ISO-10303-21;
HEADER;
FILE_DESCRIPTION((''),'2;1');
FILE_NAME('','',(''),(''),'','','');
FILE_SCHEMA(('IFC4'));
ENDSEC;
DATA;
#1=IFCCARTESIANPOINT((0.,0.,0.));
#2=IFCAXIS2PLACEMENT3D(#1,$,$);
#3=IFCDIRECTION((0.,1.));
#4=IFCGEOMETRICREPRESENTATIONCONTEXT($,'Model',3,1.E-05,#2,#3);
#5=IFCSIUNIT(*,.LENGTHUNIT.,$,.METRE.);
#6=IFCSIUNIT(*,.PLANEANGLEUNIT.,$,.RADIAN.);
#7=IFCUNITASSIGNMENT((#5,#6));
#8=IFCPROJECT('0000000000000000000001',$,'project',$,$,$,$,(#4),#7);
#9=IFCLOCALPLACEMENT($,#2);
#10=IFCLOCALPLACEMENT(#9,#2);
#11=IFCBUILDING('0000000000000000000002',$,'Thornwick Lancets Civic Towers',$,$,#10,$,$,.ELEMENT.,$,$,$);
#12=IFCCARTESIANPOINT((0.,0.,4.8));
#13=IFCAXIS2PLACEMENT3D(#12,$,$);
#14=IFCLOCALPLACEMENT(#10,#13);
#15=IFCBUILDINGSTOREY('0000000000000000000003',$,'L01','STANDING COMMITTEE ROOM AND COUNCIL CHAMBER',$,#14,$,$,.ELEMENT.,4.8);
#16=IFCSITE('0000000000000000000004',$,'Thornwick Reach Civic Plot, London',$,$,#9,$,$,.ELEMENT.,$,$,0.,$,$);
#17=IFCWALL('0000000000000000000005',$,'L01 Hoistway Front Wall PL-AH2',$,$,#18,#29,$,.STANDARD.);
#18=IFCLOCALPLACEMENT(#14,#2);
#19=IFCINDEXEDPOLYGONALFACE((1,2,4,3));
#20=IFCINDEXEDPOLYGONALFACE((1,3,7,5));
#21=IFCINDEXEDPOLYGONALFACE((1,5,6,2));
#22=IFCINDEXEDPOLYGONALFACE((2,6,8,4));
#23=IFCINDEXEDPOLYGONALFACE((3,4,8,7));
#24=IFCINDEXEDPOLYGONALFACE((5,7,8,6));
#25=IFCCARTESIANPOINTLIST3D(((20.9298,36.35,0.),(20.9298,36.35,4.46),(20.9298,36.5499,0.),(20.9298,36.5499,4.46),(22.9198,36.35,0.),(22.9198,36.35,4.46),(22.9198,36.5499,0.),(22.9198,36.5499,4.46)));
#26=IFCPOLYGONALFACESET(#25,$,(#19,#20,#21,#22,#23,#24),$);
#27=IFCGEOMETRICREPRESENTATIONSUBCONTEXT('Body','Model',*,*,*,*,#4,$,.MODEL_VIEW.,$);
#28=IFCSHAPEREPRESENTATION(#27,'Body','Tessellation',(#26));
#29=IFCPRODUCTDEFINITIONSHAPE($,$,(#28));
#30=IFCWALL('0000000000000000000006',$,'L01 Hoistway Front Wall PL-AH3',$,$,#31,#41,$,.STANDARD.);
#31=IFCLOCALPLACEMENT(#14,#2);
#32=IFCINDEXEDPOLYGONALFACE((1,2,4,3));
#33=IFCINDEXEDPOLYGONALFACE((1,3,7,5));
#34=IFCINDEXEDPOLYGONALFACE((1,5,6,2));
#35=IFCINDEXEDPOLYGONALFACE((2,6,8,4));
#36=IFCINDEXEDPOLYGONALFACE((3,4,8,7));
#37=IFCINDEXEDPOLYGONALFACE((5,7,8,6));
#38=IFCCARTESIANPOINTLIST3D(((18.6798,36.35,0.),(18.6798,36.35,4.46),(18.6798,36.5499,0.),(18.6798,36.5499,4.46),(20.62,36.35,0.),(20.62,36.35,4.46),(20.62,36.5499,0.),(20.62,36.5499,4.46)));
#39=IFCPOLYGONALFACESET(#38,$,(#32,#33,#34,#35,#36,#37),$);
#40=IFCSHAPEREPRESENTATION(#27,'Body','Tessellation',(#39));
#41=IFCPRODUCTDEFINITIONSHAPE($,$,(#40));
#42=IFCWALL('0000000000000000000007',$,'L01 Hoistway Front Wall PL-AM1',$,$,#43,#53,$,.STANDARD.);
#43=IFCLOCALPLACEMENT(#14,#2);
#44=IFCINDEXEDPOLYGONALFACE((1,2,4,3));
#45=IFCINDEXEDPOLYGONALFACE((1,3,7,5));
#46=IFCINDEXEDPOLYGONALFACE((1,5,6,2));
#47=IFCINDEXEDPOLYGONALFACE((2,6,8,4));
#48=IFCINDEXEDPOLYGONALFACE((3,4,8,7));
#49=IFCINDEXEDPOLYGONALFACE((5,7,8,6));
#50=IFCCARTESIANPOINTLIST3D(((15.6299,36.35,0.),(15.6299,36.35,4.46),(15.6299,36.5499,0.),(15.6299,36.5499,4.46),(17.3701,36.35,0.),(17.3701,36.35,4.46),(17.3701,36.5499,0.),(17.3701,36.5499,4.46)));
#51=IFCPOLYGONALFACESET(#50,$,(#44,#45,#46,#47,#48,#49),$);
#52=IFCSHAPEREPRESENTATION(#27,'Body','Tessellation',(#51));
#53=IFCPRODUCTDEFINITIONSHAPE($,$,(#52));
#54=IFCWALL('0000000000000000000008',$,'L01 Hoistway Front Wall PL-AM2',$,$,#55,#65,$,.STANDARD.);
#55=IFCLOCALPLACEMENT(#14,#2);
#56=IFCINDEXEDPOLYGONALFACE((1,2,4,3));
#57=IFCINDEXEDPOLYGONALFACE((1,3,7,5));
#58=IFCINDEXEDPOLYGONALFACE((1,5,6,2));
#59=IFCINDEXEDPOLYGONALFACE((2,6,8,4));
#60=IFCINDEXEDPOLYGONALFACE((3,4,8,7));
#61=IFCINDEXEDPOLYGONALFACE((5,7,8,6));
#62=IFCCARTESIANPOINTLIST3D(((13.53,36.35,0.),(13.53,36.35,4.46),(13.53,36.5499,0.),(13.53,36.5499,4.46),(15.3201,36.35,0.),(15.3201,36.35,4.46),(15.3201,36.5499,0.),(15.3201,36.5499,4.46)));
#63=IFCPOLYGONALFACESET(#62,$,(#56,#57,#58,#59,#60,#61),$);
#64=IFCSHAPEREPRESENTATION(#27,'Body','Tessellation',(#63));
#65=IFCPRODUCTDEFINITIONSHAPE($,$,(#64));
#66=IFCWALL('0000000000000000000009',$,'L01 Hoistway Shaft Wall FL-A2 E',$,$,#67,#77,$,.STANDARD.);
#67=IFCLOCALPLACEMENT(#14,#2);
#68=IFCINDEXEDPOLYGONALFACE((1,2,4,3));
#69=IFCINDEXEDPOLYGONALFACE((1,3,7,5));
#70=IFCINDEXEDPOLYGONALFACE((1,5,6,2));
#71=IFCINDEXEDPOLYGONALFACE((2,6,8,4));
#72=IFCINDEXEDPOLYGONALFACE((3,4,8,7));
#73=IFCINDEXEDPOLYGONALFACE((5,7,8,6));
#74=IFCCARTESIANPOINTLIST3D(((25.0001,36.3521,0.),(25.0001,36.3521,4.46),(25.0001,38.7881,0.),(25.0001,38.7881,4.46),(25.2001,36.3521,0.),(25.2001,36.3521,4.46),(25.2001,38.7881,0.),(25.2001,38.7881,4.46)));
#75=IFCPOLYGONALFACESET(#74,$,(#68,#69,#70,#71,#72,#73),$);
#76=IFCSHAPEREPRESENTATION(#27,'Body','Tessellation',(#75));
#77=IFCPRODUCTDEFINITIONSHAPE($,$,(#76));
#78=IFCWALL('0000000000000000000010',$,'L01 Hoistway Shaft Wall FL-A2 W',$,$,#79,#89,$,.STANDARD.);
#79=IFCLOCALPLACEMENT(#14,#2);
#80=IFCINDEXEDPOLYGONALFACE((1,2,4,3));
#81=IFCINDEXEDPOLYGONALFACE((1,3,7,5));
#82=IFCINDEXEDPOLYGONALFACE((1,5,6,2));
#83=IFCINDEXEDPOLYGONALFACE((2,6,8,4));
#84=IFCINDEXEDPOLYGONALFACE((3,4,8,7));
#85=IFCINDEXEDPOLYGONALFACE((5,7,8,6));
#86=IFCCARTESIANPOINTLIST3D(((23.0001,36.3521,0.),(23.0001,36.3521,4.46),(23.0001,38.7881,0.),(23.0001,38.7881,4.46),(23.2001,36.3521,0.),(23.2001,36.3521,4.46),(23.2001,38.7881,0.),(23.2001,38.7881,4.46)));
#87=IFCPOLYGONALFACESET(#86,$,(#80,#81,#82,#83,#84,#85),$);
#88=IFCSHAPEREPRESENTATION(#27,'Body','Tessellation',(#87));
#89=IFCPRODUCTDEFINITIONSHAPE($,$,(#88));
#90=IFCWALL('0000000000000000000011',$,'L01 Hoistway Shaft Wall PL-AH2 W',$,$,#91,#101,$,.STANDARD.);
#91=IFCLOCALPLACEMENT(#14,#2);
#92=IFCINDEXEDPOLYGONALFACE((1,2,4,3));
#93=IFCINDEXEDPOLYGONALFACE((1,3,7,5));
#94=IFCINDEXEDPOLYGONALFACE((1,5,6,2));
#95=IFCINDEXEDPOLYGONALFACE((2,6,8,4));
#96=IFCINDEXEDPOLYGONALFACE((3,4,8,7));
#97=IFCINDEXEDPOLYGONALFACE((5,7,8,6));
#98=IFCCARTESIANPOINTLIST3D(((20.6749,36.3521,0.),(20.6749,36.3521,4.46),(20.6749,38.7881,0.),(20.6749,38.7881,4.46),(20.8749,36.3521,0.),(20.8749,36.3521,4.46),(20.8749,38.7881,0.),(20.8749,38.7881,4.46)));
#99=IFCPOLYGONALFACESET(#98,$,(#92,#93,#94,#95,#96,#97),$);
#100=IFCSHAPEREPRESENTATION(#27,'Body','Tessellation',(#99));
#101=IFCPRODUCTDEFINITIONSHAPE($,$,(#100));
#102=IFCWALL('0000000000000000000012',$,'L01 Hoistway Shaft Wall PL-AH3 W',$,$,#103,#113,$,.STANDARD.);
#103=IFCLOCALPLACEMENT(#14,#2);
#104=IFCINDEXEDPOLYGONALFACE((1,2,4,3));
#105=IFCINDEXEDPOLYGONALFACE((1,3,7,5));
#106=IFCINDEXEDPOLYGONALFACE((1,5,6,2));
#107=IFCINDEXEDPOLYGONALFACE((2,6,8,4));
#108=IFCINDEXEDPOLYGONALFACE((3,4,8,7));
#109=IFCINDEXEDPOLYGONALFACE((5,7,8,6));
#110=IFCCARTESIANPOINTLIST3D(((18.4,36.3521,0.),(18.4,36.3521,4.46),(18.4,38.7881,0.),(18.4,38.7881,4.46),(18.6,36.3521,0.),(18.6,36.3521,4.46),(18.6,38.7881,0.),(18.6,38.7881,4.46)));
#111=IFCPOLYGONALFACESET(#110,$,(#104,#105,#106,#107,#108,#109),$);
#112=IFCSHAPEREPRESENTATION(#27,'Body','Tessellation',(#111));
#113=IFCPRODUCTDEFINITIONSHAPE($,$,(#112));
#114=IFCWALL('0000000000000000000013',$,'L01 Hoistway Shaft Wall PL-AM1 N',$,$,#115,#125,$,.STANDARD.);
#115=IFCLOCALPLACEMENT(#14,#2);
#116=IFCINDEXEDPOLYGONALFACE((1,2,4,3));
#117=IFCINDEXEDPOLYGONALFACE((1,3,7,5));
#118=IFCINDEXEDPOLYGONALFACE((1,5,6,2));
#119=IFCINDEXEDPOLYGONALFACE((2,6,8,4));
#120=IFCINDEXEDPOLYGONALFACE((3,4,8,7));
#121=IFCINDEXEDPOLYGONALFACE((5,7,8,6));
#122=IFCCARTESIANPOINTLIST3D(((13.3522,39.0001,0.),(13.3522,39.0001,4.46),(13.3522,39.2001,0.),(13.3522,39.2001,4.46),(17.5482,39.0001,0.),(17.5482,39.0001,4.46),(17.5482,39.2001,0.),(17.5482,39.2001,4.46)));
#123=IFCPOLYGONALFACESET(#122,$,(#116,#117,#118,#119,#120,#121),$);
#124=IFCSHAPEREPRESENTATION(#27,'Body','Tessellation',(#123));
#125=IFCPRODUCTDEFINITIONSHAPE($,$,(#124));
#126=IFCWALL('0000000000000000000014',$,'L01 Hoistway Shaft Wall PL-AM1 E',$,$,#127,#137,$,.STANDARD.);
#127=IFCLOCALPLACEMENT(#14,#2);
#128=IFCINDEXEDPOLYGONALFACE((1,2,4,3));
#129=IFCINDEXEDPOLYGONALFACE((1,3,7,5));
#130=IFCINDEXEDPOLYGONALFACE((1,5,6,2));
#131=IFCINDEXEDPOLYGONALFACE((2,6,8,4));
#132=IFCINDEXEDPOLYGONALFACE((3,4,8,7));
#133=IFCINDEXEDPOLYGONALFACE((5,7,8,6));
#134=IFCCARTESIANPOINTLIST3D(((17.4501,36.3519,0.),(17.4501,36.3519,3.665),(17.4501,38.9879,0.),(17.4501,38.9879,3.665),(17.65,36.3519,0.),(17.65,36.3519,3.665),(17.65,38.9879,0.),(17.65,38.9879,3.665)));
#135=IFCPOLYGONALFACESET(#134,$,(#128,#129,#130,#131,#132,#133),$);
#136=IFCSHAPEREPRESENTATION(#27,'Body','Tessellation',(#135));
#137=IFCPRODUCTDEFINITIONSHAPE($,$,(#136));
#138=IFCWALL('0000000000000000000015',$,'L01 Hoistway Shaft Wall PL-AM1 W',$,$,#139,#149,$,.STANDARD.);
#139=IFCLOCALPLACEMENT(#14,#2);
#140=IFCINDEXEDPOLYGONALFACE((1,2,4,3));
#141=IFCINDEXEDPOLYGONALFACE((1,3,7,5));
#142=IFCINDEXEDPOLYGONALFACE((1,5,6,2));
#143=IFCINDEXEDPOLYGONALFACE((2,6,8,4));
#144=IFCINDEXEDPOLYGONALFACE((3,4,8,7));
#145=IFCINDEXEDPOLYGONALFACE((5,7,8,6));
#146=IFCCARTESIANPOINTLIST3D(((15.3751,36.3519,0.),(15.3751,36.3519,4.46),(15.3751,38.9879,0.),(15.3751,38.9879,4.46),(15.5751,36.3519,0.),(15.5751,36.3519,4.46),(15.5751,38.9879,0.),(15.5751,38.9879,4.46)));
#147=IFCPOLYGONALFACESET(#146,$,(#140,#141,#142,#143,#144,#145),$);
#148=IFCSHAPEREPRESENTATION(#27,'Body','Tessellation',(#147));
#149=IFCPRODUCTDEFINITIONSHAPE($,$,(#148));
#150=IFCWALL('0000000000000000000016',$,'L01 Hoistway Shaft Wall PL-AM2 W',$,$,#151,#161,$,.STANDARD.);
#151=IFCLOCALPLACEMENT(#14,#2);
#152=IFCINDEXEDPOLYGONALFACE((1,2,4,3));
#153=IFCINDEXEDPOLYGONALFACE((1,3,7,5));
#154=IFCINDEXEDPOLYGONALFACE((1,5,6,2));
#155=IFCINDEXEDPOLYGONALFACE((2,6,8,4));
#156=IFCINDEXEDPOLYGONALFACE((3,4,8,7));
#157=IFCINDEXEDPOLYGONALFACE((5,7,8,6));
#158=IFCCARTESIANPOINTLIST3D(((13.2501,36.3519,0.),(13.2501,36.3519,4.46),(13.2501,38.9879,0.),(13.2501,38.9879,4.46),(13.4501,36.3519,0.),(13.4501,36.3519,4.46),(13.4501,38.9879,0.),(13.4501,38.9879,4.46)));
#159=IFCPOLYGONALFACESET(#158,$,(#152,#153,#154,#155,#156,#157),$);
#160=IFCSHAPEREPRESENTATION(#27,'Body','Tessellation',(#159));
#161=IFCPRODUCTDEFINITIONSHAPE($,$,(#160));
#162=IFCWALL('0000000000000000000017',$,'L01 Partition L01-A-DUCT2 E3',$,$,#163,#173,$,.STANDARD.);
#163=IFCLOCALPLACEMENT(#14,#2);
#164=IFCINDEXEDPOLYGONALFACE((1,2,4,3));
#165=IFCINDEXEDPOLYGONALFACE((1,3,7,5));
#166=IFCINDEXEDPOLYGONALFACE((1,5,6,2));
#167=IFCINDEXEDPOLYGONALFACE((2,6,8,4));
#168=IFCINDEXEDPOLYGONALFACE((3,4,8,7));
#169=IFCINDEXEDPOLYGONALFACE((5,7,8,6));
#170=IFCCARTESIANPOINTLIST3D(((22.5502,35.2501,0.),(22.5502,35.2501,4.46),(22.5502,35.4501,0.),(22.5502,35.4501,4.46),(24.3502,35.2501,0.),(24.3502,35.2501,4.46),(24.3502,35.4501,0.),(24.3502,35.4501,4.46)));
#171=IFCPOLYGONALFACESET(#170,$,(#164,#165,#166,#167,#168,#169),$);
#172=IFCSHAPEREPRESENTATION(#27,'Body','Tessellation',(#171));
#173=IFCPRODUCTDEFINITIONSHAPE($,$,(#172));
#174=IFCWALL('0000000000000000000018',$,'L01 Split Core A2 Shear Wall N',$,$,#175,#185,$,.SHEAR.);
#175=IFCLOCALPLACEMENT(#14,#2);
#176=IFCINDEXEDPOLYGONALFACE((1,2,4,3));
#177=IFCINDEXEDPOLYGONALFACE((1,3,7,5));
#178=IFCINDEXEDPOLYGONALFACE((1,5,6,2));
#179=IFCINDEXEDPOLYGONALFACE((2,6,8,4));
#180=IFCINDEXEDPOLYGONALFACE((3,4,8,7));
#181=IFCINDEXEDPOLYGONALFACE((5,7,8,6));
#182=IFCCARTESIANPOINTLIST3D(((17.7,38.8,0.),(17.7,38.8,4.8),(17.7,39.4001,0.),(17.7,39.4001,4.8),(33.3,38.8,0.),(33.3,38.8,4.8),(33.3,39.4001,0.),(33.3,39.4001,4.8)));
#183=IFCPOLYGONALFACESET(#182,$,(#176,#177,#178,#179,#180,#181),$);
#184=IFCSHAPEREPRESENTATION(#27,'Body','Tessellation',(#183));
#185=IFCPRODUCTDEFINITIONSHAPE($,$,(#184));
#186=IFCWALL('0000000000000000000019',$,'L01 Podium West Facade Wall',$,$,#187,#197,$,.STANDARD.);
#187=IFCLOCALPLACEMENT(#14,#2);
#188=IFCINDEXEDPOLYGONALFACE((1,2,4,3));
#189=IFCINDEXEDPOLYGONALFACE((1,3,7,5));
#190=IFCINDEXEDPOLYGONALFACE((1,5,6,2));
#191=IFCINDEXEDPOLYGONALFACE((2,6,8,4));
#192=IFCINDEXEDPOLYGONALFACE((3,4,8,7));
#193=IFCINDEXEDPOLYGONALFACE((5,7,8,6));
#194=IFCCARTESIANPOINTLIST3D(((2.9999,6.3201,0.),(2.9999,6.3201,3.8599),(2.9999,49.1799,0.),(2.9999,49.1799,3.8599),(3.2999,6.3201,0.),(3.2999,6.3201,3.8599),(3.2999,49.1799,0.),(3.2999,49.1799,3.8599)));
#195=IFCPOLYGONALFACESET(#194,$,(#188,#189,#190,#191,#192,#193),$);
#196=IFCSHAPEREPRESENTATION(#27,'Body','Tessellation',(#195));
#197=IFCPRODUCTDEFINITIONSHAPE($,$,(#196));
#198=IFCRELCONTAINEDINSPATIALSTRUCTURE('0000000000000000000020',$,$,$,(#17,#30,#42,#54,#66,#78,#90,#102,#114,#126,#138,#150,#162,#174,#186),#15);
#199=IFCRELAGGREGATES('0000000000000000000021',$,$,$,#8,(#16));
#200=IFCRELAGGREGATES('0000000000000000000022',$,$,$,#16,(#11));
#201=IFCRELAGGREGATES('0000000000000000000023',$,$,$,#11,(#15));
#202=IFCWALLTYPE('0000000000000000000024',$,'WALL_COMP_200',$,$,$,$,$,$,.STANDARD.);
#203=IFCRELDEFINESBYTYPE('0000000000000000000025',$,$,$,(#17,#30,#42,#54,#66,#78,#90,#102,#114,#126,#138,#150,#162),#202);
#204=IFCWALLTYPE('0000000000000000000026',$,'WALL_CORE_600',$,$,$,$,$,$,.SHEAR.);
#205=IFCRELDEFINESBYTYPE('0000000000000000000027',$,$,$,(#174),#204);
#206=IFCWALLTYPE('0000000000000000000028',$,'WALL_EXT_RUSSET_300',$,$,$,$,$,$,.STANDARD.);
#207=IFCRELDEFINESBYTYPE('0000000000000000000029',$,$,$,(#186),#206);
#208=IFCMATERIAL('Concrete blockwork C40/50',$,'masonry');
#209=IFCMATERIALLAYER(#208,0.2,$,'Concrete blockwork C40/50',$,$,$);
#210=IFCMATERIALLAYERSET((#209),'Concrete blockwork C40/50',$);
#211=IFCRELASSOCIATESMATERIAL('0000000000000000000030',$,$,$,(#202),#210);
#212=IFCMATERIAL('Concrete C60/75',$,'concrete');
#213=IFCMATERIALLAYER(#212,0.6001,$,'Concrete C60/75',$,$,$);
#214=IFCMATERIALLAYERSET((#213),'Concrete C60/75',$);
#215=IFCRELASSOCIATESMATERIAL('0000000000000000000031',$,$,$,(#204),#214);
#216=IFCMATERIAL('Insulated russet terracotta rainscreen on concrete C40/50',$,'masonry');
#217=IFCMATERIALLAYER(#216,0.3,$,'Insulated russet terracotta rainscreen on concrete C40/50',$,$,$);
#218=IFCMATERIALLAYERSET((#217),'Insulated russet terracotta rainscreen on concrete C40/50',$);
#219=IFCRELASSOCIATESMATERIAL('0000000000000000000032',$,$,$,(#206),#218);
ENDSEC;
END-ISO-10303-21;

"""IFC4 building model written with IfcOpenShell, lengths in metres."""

from ifc_helpers import new_model, si_unit, direction, frame, frame_2d, origin, place, context, subcontext, project, spatial, rectangle, extrude, material, layer, layer_set, type_object, element, save


model = new_model("IFC4")

# Units and contexts
model_context = context("Model", 3, precision=1e-05, world=origin(), true_north=direction((0.0, 1.0)))
body_context = subcontext(model_context, "Body", "Model", "MODEL_VIEW")
ifc_project = project(units=[si_unit("LENGTHUNIT", "METRE"), si_unit("PLANEANGLEUNIT", "RADIAN")], contexts=[model_context])

# Site, building, storey
site_placement = place(None, origin())
site = spatial("IfcSite", under=ifc_project, at=site_placement, Name="Thornwick Reach Civic Plot, London", CompositionType="ELEMENT", RefElevation=0.0)
building_placement = place(site_placement, origin())
building = spatial("IfcBuilding", under=site, at=building_placement, Name="Thornwick Lancets Civic Towers", CompositionType="ELEMENT")
storey_placement = place(building_placement, frame((0.0, 0.0, 4.8)))
storey = spatial("IfcBuildingStorey", under=building, at=storey_placement, Name="L01", Description="STANDING COMMITTEE ROOM AND COUNCIL CHAMBER", CompositionType="ELEMENT", Elevation=4.8)

# Shared definitions
ifc_material_1 = material(Name="Concrete C60/75", Category="concrete")

# Shared definitions
ifc_material_2 = material(Name="Concrete blockwork C40/50", Category="masonry")
ifc_layer_1 = layer(ifc_material_2, 0.2, Name="Concrete blockwork C40/50")
ifc_layer_set_1 = layer_set([ifc_layer_1], Name="Concrete blockwork C40/50")
wall_type_1 = type_object("IfcWallType", Name="WALL_COMP_200", PredefinedType="STANDARD", material=ifc_layer_set_1)

# Walls
wall_1_placement = place(storey_placement, frame((22.9199, 36.45, 0.0), z_axis=(0.0, 0.0, 1.0), x_axis=(-1.0, 0.0, 0.0)))
element("IfcWall", 1, at=wall_1_placement, inside=storey, type_object=wall_type_1, Name="L01 Hoistway Front Wall PL-AH2", PredefinedType="STANDARD", context=body_context, shape_type="SweptSolid", body=[
    extrude(rectangle(XDim=1.99, YDim=0.2, at=frame_2d((0.9951, 0.0))), origin(), (0.0, 0.0, 1.0), 4.46),
])
wall_2_placement = place(storey_placement, frame((20.6201, 36.45, 0.0), z_axis=(0.0, 0.0, 1.0), x_axis=(-1.0, 0.0, 0.0)))
element("IfcWall", 2, at=wall_2_placement, inside=storey, type_object=wall_type_1, Name="L01 Hoistway Front Wall PL-AH3", PredefinedType="STANDARD", context=body_context, shape_type="SweptSolid", body=[
    extrude(rectangle(XDim=1.9402, YDim=0.2, at=frame_2d((0.9702, 0.0))), origin(), (0.0, 0.0, 1.0), 4.46),
])
wall_3_placement = place(storey_placement, frame((17.3701, 36.45, 0.0), z_axis=(0.0, 0.0, 1.0), x_axis=(-1.0, 0.0, 0.0)))
element("IfcWall", 3, at=wall_3_placement, inside=storey, type_object=wall_type_1, Name="L01 Hoistway Front Wall PL-AM1", PredefinedType="STANDARD", context=body_context, shape_type="SweptSolid", body=[
    extrude(rectangle(XDim=1.7402, YDim=0.2, at=frame_2d((0.8701, 0.0))), origin(), (0.0, 0.0, 1.0), 4.46),
])
wall_4_placement = place(storey_placement, frame((15.3201, 36.45, 0.0), z_axis=(0.0, 0.0, 1.0), x_axis=(-1.0, 0.0, 0.0)))
element("IfcWall", 4, at=wall_4_placement, inside=storey, type_object=wall_type_1, Name="L01 Hoistway Front Wall PL-AM2", PredefinedType="STANDARD", context=body_context, shape_type="SweptSolid", body=[
    extrude(rectangle(XDim=1.79, YDim=0.2, at=frame_2d((0.895, 0.0))), origin(), (0.0, 0.0, 1.0), 4.46),
])
for number, where, z_axis, x_axis, name in (
    (5, (25.1001, 36.3521, 0.0), (0.0, 0.0, 1.0), (0.0, 1.0, 0.0), "L01 Hoistway Shaft Wall FL-A2 E"),
    (6, (23.1001, 36.3521, 0.0), (0.0, 0.0, 1.0), (0.0, 1.0, 0.0), "L01 Hoistway Shaft Wall FL-A2 W"),
    (7, (20.7749, 36.3521, 0.0), (0.0, 0.0, 1.0), (0.0, 1.0, 0.0), "L01 Hoistway Shaft Wall PL-AH2 W"),
    (8, (18.5, 36.3521, 0.0), (0.0, 0.0, 1.0), (0.0, 1.0, 0.0), "L01 Hoistway Shaft Wall PL-AH3 W"),
):
    element("IfcWall", number, at=place(storey_placement, frame(where, z_axis=z_axis, x_axis=x_axis)), inside=storey, type_object=wall_type_1, Name=name, PredefinedType="STANDARD", context=body_context, shape_type="SweptSolid", body=[
        extrude(rectangle(XDim=2.436, YDim=0.2, at=frame_2d((1.218, 0.0))), origin(), (0.0, 0.0, 1.0), 4.46),
    ])
wall_5_placement = place(storey_placement, frame((13.3521, 39.1001, 0.0), z_axis=(0.0, 0.0, 1.0), x_axis=(1.0, 0.0, 0.0)))
element("IfcWall", 9, at=wall_5_placement, inside=storey, type_object=wall_type_1, Name="L01 Hoistway Shaft Wall PL-AM1 N", PredefinedType="STANDARD", context=body_context, shape_type="SweptSolid", body=[
    extrude(rectangle(XDim=4.196, YDim=0.2, at=frame_2d((2.0981, 0.0))), origin(), (0.0, 0.0, 1.0), 4.46),
])
wall_6_placement = place(storey_placement, frame((17.55, 36.3521, 0.0), z_axis=(0.0, 0.0, 1.0), x_axis=(0.0, 1.0, 0.0)))
element("IfcWall", 10, at=wall_6_placement, inside=storey, type_object=wall_type_1, Name="L01 Hoistway Shaft Wall PL-AM1 E", PredefinedType="STANDARD", context=body_context, shape_type="SweptSolid", body=[
    extrude(rectangle(XDim=2.636, YDim=0.2, at=frame_2d((1.3179, 0.0))), origin(), (0.0, 0.0, 1.0), 3.665),
])
for number, where, z_axis, x_axis, name in (
    (11, (15.4751, 36.3521, 0.0), (0.0, 0.0, 1.0), (0.0, 1.0, 0.0), "L01 Hoistway Shaft Wall PL-AM1 W"),
    (12, (13.3501, 36.3521, 0.0), (0.0, 0.0, 1.0), (0.0, 1.0, 0.0), "L01 Hoistway Shaft Wall PL-AM2 W"),
):
    element("IfcWall", number, at=place(storey_placement, frame(where, z_axis=z_axis, x_axis=x_axis)), inside=storey, type_object=wall_type_1, Name=name, PredefinedType="STANDARD", context=body_context, shape_type="SweptSolid", body=[
        extrude(rectangle(XDim=2.636, YDim=0.2, at=frame_2d((1.3179, 0.0))), origin(), (0.0, 0.0, 1.0), 4.46),
    ])
wall_7_placement = place(storey_placement, frame((24.3501, 35.3501, 0.0), z_axis=(0.0, 0.0, 1.0), x_axis=(-1.0, 0.0, 0.0)))
element("IfcWall", 13, at=wall_7_placement, inside=storey, type_object=wall_type_1, Name="L01 Partition L01-A-DUCT2 E3", PredefinedType="STANDARD", context=body_context, shape_type="SweptSolid", body=[
    extrude(rectangle(XDim=1.8, YDim=0.2, at=frame_2d((0.8999, 0.0))), origin(), (0.0, 0.0, 1.0), 4.46),
])
ifc_layer_2 = layer(ifc_material_1, 0.6001, Name="Concrete C60/75")
ifc_layer_set_2 = layer_set([ifc_layer_2], Name="Concrete C60/75")
wall_type_2 = type_object("IfcWallType", Name="WALL_CORE_600", PredefinedType="SHEAR", material=ifc_layer_set_2)
wall_8_placement = place(storey_placement, frame((17.7, 39.1001, 0.0), z_axis=(0.0, 0.0, 1.0), x_axis=(1.0, 0.0, 0.0)))
element("IfcWall", 14, at=wall_8_placement, inside=storey, type_object=wall_type_2, Name="L01 Split Core A2 Shear Wall N", PredefinedType="SHEAR", context=body_context, shape_type="SweptSolid", body=[
    extrude(rectangle(XDim=15.6001, YDim=0.6001, at=frame_2d((7.8, 0.0))), origin(), (0.0, 0.0, 1.0), 4.8),
])
ifc_material_3 = material(Name="Insulated russet terracotta rainscreen on concrete C40/50", Category="masonry")
ifc_layer_3 = layer(ifc_material_3, 0.3, Name="Insulated russet terracotta rainscreen on concrete C40/50")
ifc_layer_set_3 = layer_set([ifc_layer_3], Name="Insulated russet terracotta rainscreen on concrete C40/50")
wall_type_3 = type_object("IfcWallType", Name="WALL_EXT_RUSSET_300", PredefinedType="STANDARD", material=ifc_layer_set_3)
wall_9_placement = place(storey_placement, frame((3.1499, 49.1799, 0.0), z_axis=(0.0, 0.0, 1.0), x_axis=(0.0, -1.0, 0.0)))
element("IfcWall", 15, at=wall_9_placement, inside=storey, type_object=wall_type_3, Name="L01 Podium West Facade Wall", PredefinedType="STANDARD", context=body_context, shape_type="SweptSolid", body=[
    extrude(rectangle(XDim=42.8599, YDim=0.3, at=frame_2d((21.4299, 0.0))), origin(), (0.0, 0.0, 1.0), 3.8599),
])

save(model, "model.ifc")
